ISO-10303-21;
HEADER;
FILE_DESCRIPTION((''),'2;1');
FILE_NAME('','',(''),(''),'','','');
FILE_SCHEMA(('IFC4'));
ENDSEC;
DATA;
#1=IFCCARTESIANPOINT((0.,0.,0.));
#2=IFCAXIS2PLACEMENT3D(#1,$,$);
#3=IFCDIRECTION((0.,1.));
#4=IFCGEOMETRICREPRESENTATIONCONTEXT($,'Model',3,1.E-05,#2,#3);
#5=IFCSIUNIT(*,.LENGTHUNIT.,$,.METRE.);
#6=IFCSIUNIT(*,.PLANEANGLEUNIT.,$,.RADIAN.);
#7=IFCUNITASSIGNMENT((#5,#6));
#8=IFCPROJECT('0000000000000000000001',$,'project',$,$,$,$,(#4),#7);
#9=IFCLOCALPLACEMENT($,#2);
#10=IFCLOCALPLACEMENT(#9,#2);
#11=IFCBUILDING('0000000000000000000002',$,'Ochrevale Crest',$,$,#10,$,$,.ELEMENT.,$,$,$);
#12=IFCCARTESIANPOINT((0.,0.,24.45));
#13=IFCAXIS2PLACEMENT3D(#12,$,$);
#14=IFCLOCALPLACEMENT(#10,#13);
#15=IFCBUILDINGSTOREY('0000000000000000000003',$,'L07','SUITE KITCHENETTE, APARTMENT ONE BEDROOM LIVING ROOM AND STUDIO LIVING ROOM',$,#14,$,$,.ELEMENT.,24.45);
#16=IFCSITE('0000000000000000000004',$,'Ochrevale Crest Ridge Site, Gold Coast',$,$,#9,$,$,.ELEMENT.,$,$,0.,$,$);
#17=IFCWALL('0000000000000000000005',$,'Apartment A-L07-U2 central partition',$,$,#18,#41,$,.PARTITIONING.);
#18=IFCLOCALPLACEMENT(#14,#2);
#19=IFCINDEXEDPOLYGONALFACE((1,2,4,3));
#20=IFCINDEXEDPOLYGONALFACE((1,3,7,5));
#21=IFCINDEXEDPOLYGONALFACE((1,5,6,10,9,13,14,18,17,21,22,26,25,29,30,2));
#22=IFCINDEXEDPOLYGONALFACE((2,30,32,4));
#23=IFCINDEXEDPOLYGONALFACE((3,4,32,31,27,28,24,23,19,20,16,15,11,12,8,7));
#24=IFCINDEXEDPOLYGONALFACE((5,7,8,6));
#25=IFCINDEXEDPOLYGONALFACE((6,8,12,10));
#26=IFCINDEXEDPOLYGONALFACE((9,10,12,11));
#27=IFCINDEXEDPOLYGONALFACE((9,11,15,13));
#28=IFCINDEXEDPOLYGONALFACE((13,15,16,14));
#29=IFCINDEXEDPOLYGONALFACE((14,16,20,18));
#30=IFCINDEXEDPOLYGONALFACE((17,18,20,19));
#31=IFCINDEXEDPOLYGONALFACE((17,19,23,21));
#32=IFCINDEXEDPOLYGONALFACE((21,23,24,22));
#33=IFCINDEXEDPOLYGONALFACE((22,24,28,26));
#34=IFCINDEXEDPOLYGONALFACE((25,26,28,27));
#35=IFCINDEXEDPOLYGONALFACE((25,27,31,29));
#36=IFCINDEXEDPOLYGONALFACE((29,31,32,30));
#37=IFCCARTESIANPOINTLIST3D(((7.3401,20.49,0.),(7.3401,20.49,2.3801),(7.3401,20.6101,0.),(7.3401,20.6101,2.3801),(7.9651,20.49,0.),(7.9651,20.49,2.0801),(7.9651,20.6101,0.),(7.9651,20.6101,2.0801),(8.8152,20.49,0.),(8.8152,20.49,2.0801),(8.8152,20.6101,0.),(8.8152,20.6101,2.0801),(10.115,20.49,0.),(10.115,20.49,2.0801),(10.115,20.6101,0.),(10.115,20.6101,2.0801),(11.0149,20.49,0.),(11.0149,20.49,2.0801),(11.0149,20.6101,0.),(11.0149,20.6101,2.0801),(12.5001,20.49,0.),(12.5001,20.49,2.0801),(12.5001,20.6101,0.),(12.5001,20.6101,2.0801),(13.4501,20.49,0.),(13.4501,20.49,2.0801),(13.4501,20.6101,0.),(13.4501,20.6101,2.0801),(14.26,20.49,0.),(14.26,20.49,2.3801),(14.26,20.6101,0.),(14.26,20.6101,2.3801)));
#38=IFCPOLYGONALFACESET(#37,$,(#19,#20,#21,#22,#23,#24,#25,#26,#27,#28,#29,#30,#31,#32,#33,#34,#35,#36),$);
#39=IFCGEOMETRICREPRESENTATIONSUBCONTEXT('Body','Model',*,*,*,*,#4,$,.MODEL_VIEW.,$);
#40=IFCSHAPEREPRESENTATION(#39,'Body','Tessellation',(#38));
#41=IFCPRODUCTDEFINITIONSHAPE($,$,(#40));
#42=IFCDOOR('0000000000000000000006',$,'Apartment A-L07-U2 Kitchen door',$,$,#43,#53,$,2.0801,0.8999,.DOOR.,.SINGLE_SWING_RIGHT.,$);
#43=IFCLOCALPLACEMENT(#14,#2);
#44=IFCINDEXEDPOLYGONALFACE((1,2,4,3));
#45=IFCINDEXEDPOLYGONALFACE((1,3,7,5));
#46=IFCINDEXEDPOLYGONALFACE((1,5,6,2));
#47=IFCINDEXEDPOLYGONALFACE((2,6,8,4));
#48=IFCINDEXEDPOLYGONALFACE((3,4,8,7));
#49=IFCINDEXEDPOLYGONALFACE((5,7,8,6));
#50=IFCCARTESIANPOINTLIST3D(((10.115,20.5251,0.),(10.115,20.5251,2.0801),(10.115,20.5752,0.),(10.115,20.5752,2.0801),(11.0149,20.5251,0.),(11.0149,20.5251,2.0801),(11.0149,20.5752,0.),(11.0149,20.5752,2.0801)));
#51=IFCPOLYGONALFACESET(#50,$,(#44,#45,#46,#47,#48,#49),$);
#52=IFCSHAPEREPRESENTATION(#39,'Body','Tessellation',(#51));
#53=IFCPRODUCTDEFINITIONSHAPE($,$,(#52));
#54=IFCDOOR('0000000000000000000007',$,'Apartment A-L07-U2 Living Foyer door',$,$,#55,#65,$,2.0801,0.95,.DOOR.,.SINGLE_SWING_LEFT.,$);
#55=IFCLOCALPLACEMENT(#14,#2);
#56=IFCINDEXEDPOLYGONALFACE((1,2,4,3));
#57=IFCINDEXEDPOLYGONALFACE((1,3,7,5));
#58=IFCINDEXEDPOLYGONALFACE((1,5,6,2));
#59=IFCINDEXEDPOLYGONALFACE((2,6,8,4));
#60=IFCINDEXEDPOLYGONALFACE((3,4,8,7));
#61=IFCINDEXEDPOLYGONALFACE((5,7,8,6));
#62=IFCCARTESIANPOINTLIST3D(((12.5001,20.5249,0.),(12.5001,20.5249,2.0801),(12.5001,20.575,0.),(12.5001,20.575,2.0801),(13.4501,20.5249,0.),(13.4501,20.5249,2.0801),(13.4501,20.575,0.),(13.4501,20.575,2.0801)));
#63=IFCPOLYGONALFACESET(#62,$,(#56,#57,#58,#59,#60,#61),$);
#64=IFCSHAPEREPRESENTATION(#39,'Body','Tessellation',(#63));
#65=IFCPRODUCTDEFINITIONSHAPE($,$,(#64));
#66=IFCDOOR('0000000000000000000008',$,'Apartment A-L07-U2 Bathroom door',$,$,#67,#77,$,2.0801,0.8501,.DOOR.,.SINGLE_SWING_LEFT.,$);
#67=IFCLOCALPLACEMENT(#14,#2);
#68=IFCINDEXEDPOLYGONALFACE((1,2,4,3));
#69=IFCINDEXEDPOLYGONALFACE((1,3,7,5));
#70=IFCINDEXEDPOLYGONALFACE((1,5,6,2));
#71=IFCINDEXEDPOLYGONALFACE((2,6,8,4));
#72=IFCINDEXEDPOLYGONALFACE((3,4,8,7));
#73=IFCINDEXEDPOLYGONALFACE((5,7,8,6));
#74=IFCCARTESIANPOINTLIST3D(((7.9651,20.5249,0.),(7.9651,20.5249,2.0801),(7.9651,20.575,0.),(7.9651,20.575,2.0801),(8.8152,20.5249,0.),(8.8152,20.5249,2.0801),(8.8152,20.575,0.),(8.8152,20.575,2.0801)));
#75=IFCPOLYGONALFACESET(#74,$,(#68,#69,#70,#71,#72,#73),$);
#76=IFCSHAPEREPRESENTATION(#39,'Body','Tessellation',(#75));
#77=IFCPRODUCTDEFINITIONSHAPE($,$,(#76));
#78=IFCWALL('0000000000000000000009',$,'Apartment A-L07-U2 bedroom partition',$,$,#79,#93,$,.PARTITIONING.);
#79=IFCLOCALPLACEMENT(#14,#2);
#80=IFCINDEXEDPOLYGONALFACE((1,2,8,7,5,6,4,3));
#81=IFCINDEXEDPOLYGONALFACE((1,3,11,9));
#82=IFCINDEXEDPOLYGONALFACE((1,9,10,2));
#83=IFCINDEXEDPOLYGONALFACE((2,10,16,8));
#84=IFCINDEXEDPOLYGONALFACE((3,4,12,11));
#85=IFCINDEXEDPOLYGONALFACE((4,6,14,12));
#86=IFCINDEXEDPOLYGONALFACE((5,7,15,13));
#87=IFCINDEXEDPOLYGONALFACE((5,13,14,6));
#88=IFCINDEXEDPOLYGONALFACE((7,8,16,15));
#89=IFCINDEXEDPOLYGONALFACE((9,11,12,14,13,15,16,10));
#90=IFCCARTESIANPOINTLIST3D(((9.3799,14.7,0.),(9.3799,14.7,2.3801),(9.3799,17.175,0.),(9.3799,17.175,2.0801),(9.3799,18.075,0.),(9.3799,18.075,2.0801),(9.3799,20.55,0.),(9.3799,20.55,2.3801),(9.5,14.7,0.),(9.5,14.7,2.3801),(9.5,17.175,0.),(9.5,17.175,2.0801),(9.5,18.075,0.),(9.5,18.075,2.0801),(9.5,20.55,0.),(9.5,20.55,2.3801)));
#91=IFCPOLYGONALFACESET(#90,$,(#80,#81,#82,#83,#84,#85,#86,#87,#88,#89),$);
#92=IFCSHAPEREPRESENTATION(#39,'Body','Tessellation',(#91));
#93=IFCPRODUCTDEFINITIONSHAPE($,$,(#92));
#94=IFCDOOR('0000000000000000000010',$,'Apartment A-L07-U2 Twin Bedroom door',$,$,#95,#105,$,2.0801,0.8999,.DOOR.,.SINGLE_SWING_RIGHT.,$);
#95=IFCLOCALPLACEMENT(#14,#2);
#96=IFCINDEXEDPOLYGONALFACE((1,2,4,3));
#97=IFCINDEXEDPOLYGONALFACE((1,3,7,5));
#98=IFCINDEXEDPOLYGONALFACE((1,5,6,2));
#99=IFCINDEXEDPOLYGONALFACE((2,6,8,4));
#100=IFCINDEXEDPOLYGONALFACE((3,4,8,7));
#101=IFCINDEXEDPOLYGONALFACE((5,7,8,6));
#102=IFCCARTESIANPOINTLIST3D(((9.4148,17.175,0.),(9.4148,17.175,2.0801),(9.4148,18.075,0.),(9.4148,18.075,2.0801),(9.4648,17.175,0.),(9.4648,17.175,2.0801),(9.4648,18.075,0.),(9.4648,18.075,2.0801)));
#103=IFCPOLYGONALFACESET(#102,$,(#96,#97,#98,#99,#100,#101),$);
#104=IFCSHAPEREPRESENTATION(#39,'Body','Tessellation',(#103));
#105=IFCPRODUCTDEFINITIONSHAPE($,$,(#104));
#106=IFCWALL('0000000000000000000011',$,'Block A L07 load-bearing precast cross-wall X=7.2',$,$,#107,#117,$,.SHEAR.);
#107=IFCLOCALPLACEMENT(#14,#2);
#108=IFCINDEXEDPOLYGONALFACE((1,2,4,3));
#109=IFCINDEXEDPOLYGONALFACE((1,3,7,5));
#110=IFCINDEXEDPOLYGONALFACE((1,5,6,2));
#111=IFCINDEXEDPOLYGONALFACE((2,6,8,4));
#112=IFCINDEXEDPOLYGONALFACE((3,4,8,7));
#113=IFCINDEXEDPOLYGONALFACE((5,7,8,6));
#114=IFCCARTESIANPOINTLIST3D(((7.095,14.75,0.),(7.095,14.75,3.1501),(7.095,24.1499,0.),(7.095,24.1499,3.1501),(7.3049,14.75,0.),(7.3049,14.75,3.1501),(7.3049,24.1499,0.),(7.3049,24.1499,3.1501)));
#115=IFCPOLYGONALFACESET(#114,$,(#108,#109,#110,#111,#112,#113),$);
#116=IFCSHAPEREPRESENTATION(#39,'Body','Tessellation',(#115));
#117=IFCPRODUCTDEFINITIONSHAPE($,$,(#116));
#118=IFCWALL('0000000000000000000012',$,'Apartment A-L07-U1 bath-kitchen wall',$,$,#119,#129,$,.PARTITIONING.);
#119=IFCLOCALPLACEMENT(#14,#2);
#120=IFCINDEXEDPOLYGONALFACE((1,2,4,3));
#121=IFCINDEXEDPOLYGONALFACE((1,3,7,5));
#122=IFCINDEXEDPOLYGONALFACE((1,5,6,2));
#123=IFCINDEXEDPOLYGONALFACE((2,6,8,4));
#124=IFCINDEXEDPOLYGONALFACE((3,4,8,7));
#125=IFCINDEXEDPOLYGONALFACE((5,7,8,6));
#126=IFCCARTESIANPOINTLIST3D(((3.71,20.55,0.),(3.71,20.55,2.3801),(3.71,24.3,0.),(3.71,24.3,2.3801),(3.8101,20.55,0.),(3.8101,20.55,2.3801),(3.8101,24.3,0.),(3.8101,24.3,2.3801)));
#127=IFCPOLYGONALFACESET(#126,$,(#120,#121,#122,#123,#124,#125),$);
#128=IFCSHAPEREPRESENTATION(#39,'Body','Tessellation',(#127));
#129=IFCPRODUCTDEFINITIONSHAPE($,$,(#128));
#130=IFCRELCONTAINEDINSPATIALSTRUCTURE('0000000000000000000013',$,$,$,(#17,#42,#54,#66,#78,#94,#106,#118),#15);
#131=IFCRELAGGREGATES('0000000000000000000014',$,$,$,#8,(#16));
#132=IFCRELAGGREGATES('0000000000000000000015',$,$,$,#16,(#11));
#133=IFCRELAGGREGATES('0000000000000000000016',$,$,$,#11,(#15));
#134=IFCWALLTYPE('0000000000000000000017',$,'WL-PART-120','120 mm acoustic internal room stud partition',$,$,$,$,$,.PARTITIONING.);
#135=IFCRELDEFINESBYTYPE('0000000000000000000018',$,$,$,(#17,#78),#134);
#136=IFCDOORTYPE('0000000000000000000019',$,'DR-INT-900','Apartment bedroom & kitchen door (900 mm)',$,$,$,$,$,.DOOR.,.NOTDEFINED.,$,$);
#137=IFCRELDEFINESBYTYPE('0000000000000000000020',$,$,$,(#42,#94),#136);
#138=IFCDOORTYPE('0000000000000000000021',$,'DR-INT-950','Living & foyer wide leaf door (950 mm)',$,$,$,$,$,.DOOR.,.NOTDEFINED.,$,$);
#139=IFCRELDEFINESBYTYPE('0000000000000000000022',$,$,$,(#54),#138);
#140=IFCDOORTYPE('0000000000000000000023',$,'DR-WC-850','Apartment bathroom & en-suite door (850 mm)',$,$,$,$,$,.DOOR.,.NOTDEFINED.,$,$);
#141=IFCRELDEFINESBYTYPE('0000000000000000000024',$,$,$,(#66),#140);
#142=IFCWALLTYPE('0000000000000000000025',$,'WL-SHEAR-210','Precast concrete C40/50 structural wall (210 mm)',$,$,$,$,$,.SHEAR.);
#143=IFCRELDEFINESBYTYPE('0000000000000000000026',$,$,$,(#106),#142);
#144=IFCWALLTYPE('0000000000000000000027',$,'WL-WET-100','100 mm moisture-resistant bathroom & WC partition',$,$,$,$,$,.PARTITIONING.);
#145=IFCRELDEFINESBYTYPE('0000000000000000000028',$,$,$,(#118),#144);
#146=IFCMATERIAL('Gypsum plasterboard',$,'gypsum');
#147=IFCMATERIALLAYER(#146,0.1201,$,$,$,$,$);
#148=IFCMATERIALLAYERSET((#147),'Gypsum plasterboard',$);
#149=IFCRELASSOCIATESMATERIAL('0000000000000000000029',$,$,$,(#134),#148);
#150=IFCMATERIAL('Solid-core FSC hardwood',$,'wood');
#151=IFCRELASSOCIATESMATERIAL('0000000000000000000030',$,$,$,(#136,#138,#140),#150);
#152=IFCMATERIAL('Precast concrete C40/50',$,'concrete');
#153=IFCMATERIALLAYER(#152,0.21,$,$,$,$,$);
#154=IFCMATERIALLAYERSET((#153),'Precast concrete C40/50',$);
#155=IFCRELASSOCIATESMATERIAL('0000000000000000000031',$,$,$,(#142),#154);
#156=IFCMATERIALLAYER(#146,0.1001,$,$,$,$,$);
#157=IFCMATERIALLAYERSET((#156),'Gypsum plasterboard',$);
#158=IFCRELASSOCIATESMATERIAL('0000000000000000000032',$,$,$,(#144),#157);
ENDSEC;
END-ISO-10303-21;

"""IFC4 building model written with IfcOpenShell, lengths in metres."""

from ifc_helpers import new_model, si_unit, direction, frame, frame_2d, origin, place, context, subcontext, project, spatial, rectangle, extrude, material, layer, layer_set, type_object, element, fill, save


model = new_model("IFC4")

# Units and contexts
model_context = context("Model", 3, precision=1e-05, world=origin(), true_north=direction((0.0, 1.0)))
body_context = subcontext(model_context, "Body", "Model", "MODEL_VIEW")
ifc_project = project(units=[si_unit("LENGTHUNIT", "METRE"), si_unit("PLANEANGLEUNIT", "RADIAN")], contexts=[model_context])

# Site, building, storey
site_placement = place(None, origin())
site = spatial("IfcSite", under=ifc_project, at=site_placement, Name="Ochrevale Crest Ridge Site, Gold Coast", CompositionType="ELEMENT", RefElevation=0.0)
building_placement = place(site_placement, origin())
building = spatial("IfcBuilding", under=site, at=building_placement, Name="Ochrevale Crest", CompositionType="ELEMENT")
storey_placement = place(building_placement, frame((0.0, 0.0, 24.45)))
storey = spatial("IfcBuildingStorey", under=building, at=storey_placement, Name="L07", Description="SUITE KITCHENETTE, APARTMENT ONE BEDROOM LIVING ROOM AND STUDIO LIVING ROOM", CompositionType="ELEMENT", Elevation=24.45)

# Shared definitions
ifc_material_1 = material(Name="Gypsum plasterboard", Category="gypsum")
ifc_layer_1 = layer(ifc_material_1, 0.1201)
ifc_layer_set_1 = layer_set([ifc_layer_1], Name="Gypsum plasterboard")
wall_type_1 = type_object("IfcWallType", Name="WL-PART-120", Description="120 mm acoustic internal room stud partition", PredefinedType="PARTITIONING", material=ifc_layer_set_1)

# Shared definitions
ifc_material_2 = material(Name="Solid-core FSC hardwood", Category="wood")
door_type_1 = type_object("IfcDoorType", Name="DR-INT-900", Description="Apartment bedroom & kitchen door (900 mm)", OperationType="NOTDEFINED", PredefinedType="DOOR", material=ifc_material_2)

# Wall, openings, doors
wall_1_placement = place(storey_placement, frame((7.3401, 20.55, 0.0), z_axis=(0.0, 0.0, 1.0), x_axis=(1.0, 0.0, 0.0)))
wall_1 = element("IfcWall", 1, at=wall_1_placement, inside=storey, type_object=wall_type_1, Name="Apartment A-L07-U2 central partition", PredefinedType="PARTITIONING", context=body_context, shape_type="SweptSolid", body=[
    extrude(rectangle(XDim=6.9199, YDim=0.1201, at=frame_2d((3.46, 0.0))), origin(), (0.0, 0.0, 1.0), 2.3801),
])
opening_1_placement = place(wall_1_placement, frame((0.625, 0.0, 0.0)))
opening_1 = element("IfcOpeningElement", 2, at=opening_1_placement, cuts=wall_1, PredefinedType="OPENING", context=body_context, shape_type="SweptSolid", body=[
    extrude(rectangle(XDim=0.8501, YDim=2.0801, at=frame_2d((0.425, 1.04))), frame((0.0, 0.0701, 0.0), z_axis=(0.0, -1.0, 0.0), x_axis=(1.0, 0.0, 0.0)), (0.0, 0.0, 1.0), 0.1401),
])
opening_2_placement = place(wall_1_placement, frame((3.6748, 0.0, 0.0), z_axis=(0.0, 0.0, 1.0), x_axis=(-1.0, 0.0, 0.0)))
opening_2 = element("IfcOpeningElement", 3, at=opening_2_placement, cuts=wall_1, PredefinedType="OPENING", context=body_context, shape_type="SweptSolid", body=[
    extrude(rectangle(XDim=0.8999, YDim=2.0801, at=frame_2d((0.45, 1.04))), frame((0.0, 0.0701, 0.0), z_axis=(0.0, -1.0, 0.0), x_axis=(1.0, 0.0, 0.0)), (0.0, 0.0, 1.0), 0.1401),
])
opening_3_placement = place(wall_1_placement, frame((5.1599, 0.0, 0.0)))
opening_3 = element("IfcOpeningElement", 4, at=opening_3_placement, cuts=wall_1, PredefinedType="OPENING", context=body_context, shape_type="SweptSolid", body=[
    extrude(rectangle(XDim=0.95, YDim=2.0801, at=frame_2d((0.4751, 1.04))), frame((0.0, 0.0701, 0.0), z_axis=(0.0, -1.0, 0.0), x_axis=(1.0, 0.0, 0.0)), (0.0, 0.0, 1.0), 0.1401),
])
door_1_placement = place(opening_2_placement, origin())
door_1 = element("IfcDoor", 5, at=door_1_placement, inside=storey, type_object=door_type_1, Name="Apartment A-L07-U2 Kitchen door", OperationType="SINGLE_SWING_RIGHT", OverallHeight=2.0801, OverallWidth=0.8999, PredefinedType="DOOR", context=body_context, shape_type="SweptSolid", body=[
    extrude(rectangle(XDim=0.8999, YDim=2.0801, at=frame_2d((0.45, 1.04))), frame((0.0, 0.0249, 0.0), z_axis=(0.0, -1.0, 0.0), x_axis=(1.0, 0.0, 0.0)), (0.0, 0.0, 1.0), 0.05),
])
fill(opening_2, door_1)
door_type_2 = type_object("IfcDoorType", Name="DR-INT-950", Description="Living & foyer wide leaf door (950 mm)", OperationType="NOTDEFINED", PredefinedType="DOOR", material=ifc_material_2)
door_2_placement = place(opening_3_placement, origin())
door_2 = element("IfcDoor", 6, at=door_2_placement, inside=storey, type_object=door_type_2, Name="Apartment A-L07-U2 Living Foyer door", OperationType="SINGLE_SWING_LEFT", OverallHeight=2.0801, OverallWidth=0.95, PredefinedType="DOOR", context=body_context, shape_type="SweptSolid", body=[
    extrude(rectangle(XDim=0.95, YDim=2.0801, at=frame_2d((0.4751, 1.04))), frame((0.0, 0.0249, 0.0), z_axis=(0.0, -1.0, 0.0), x_axis=(1.0, 0.0, 0.0)), (0.0, 0.0, 1.0), 0.05),
])
fill(opening_3, door_2)
door_type_3 = type_object("IfcDoorType", Name="DR-WC-850", Description="Apartment bathroom & en-suite door (850 mm)", OperationType="NOTDEFINED", PredefinedType="DOOR", material=ifc_material_2)
door_3_placement = place(opening_1_placement, origin())
door_3 = element("IfcDoor", 7, at=door_3_placement, inside=storey, type_object=door_type_3, Name="Apartment A-L07-U2 Bathroom door", OperationType="SINGLE_SWING_LEFT", OverallHeight=2.0801, OverallWidth=0.8501, PredefinedType="DOOR", context=body_context, shape_type="SweptSolid", body=[
    extrude(rectangle(XDim=0.8501, YDim=2.0801, at=frame_2d((0.425, 1.04))), frame((0.0, 0.0249, 0.0), z_axis=(0.0, -1.0, 0.0), x_axis=(1.0, 0.0, 0.0)), (0.0, 0.0, 1.0), 0.05),
])
fill(opening_1, door_3)

# Wall, opening, door
wall_2_placement = place(storey_placement, frame((9.4399, 14.7, 0.0), z_axis=(0.0, 0.0, 1.0), x_axis=(0.0, 1.0, 0.0)))
wall_2 = element("IfcWall", 8, at=wall_2_placement, inside=storey, type_object=wall_type_1, Name="Apartment A-L07-U2 bedroom partition", PredefinedType="PARTITIONING", context=body_context, shape_type="SweptSolid", body=[
    extrude(rectangle(XDim=5.8501, YDim=0.1201, at=frame_2d((2.925, 0.0))), origin(), (0.0, 0.0, 1.0), 2.3801),
])
opening_4_placement = place(wall_2_placement, frame((3.375, 0.0, 0.0), z_axis=(0.0, 0.0, 1.0), x_axis=(-1.0, 0.0, 0.0)))
opening_4 = element("IfcOpeningElement", 9, at=opening_4_placement, cuts=wall_2, PredefinedType="OPENING", context=body_context, shape_type="SweptSolid", body=[
    extrude(rectangle(XDim=0.8999, YDim=2.0801, at=frame_2d((0.45, 1.04))), frame((0.0, 0.0701, 0.0), z_axis=(0.0, -1.0, 0.0), x_axis=(1.0, 0.0, 0.0)), (0.0, 0.0, 1.0), 0.1401),
])
door_4_placement = place(opening_4_placement, origin())
door_4 = element("IfcDoor", 10, at=door_4_placement, inside=storey, type_object=door_type_1, Name="Apartment A-L07-U2 Twin Bedroom door", OperationType="SINGLE_SWING_RIGHT", OverallHeight=2.0801, OverallWidth=0.8999, PredefinedType="DOOR", context=body_context, shape_type="SweptSolid", body=[
    extrude(rectangle(XDim=0.8999, YDim=2.0801, at=frame_2d((0.45, 1.04))), frame((0.0, 0.0249, 0.0), z_axis=(0.0, -1.0, 0.0), x_axis=(1.0, 0.0, 0.0)), (0.0, 0.0, 1.0), 0.05),
])
fill(opening_4, door_4)

# Walls
ifc_material_3 = material(Name="Precast concrete C40/50", Category="concrete")
ifc_layer_2 = layer(ifc_material_3, 0.21)
ifc_layer_set_2 = layer_set([ifc_layer_2], Name="Precast concrete C40/50")
wall_type_2 = type_object("IfcWallType", Name="WL-SHEAR-210", Description="Precast concrete C40/50 structural wall (210 mm)", PredefinedType="SHEAR", material=ifc_layer_set_2)
wall_3_placement = place(storey_placement, frame((7.2, 14.75, 0.0), z_axis=(0.0, 0.0, 1.0), x_axis=(0.0, 1.0, 0.0)))
element("IfcWall", 11, at=wall_3_placement, inside=storey, type_object=wall_type_2, Name="Block A L07 load-bearing precast cross-wall X=7.2", PredefinedType="SHEAR", context=body_context, shape_type="SweptSolid", body=[
    extrude(rectangle(XDim=9.3999, YDim=0.21, at=frame_2d((4.7, 0.0))), origin(), (0.0, 0.0, 1.0), 3.1501),
])
ifc_layer_3 = layer(ifc_material_1, 0.1001)
ifc_layer_set_3 = layer_set([ifc_layer_3], Name="Gypsum plasterboard")
wall_type_3 = type_object("IfcWallType", Name="WL-WET-100", Description="100 mm moisture-resistant bathroom & WC partition", PredefinedType="PARTITIONING", material=ifc_layer_set_3)
wall_4_placement = place(storey_placement, frame((3.76, 20.55, 0.0), z_axis=(0.0, 0.0, 1.0), x_axis=(0.0, 1.0, 0.0)))
element("IfcWall", 12, at=wall_4_placement, inside=storey, type_object=wall_type_3, Name="Apartment A-L07-U1 bath-kitchen wall", PredefinedType="PARTITIONING", context=body_context, shape_type="SweptSolid", body=[
    extrude(rectangle(XDim=3.75, YDim=0.1001, at=frame_2d((1.875, 0.0))), origin(), (0.0, 0.0, 1.0), 2.3801),
])

save(model, "model.ifc")
